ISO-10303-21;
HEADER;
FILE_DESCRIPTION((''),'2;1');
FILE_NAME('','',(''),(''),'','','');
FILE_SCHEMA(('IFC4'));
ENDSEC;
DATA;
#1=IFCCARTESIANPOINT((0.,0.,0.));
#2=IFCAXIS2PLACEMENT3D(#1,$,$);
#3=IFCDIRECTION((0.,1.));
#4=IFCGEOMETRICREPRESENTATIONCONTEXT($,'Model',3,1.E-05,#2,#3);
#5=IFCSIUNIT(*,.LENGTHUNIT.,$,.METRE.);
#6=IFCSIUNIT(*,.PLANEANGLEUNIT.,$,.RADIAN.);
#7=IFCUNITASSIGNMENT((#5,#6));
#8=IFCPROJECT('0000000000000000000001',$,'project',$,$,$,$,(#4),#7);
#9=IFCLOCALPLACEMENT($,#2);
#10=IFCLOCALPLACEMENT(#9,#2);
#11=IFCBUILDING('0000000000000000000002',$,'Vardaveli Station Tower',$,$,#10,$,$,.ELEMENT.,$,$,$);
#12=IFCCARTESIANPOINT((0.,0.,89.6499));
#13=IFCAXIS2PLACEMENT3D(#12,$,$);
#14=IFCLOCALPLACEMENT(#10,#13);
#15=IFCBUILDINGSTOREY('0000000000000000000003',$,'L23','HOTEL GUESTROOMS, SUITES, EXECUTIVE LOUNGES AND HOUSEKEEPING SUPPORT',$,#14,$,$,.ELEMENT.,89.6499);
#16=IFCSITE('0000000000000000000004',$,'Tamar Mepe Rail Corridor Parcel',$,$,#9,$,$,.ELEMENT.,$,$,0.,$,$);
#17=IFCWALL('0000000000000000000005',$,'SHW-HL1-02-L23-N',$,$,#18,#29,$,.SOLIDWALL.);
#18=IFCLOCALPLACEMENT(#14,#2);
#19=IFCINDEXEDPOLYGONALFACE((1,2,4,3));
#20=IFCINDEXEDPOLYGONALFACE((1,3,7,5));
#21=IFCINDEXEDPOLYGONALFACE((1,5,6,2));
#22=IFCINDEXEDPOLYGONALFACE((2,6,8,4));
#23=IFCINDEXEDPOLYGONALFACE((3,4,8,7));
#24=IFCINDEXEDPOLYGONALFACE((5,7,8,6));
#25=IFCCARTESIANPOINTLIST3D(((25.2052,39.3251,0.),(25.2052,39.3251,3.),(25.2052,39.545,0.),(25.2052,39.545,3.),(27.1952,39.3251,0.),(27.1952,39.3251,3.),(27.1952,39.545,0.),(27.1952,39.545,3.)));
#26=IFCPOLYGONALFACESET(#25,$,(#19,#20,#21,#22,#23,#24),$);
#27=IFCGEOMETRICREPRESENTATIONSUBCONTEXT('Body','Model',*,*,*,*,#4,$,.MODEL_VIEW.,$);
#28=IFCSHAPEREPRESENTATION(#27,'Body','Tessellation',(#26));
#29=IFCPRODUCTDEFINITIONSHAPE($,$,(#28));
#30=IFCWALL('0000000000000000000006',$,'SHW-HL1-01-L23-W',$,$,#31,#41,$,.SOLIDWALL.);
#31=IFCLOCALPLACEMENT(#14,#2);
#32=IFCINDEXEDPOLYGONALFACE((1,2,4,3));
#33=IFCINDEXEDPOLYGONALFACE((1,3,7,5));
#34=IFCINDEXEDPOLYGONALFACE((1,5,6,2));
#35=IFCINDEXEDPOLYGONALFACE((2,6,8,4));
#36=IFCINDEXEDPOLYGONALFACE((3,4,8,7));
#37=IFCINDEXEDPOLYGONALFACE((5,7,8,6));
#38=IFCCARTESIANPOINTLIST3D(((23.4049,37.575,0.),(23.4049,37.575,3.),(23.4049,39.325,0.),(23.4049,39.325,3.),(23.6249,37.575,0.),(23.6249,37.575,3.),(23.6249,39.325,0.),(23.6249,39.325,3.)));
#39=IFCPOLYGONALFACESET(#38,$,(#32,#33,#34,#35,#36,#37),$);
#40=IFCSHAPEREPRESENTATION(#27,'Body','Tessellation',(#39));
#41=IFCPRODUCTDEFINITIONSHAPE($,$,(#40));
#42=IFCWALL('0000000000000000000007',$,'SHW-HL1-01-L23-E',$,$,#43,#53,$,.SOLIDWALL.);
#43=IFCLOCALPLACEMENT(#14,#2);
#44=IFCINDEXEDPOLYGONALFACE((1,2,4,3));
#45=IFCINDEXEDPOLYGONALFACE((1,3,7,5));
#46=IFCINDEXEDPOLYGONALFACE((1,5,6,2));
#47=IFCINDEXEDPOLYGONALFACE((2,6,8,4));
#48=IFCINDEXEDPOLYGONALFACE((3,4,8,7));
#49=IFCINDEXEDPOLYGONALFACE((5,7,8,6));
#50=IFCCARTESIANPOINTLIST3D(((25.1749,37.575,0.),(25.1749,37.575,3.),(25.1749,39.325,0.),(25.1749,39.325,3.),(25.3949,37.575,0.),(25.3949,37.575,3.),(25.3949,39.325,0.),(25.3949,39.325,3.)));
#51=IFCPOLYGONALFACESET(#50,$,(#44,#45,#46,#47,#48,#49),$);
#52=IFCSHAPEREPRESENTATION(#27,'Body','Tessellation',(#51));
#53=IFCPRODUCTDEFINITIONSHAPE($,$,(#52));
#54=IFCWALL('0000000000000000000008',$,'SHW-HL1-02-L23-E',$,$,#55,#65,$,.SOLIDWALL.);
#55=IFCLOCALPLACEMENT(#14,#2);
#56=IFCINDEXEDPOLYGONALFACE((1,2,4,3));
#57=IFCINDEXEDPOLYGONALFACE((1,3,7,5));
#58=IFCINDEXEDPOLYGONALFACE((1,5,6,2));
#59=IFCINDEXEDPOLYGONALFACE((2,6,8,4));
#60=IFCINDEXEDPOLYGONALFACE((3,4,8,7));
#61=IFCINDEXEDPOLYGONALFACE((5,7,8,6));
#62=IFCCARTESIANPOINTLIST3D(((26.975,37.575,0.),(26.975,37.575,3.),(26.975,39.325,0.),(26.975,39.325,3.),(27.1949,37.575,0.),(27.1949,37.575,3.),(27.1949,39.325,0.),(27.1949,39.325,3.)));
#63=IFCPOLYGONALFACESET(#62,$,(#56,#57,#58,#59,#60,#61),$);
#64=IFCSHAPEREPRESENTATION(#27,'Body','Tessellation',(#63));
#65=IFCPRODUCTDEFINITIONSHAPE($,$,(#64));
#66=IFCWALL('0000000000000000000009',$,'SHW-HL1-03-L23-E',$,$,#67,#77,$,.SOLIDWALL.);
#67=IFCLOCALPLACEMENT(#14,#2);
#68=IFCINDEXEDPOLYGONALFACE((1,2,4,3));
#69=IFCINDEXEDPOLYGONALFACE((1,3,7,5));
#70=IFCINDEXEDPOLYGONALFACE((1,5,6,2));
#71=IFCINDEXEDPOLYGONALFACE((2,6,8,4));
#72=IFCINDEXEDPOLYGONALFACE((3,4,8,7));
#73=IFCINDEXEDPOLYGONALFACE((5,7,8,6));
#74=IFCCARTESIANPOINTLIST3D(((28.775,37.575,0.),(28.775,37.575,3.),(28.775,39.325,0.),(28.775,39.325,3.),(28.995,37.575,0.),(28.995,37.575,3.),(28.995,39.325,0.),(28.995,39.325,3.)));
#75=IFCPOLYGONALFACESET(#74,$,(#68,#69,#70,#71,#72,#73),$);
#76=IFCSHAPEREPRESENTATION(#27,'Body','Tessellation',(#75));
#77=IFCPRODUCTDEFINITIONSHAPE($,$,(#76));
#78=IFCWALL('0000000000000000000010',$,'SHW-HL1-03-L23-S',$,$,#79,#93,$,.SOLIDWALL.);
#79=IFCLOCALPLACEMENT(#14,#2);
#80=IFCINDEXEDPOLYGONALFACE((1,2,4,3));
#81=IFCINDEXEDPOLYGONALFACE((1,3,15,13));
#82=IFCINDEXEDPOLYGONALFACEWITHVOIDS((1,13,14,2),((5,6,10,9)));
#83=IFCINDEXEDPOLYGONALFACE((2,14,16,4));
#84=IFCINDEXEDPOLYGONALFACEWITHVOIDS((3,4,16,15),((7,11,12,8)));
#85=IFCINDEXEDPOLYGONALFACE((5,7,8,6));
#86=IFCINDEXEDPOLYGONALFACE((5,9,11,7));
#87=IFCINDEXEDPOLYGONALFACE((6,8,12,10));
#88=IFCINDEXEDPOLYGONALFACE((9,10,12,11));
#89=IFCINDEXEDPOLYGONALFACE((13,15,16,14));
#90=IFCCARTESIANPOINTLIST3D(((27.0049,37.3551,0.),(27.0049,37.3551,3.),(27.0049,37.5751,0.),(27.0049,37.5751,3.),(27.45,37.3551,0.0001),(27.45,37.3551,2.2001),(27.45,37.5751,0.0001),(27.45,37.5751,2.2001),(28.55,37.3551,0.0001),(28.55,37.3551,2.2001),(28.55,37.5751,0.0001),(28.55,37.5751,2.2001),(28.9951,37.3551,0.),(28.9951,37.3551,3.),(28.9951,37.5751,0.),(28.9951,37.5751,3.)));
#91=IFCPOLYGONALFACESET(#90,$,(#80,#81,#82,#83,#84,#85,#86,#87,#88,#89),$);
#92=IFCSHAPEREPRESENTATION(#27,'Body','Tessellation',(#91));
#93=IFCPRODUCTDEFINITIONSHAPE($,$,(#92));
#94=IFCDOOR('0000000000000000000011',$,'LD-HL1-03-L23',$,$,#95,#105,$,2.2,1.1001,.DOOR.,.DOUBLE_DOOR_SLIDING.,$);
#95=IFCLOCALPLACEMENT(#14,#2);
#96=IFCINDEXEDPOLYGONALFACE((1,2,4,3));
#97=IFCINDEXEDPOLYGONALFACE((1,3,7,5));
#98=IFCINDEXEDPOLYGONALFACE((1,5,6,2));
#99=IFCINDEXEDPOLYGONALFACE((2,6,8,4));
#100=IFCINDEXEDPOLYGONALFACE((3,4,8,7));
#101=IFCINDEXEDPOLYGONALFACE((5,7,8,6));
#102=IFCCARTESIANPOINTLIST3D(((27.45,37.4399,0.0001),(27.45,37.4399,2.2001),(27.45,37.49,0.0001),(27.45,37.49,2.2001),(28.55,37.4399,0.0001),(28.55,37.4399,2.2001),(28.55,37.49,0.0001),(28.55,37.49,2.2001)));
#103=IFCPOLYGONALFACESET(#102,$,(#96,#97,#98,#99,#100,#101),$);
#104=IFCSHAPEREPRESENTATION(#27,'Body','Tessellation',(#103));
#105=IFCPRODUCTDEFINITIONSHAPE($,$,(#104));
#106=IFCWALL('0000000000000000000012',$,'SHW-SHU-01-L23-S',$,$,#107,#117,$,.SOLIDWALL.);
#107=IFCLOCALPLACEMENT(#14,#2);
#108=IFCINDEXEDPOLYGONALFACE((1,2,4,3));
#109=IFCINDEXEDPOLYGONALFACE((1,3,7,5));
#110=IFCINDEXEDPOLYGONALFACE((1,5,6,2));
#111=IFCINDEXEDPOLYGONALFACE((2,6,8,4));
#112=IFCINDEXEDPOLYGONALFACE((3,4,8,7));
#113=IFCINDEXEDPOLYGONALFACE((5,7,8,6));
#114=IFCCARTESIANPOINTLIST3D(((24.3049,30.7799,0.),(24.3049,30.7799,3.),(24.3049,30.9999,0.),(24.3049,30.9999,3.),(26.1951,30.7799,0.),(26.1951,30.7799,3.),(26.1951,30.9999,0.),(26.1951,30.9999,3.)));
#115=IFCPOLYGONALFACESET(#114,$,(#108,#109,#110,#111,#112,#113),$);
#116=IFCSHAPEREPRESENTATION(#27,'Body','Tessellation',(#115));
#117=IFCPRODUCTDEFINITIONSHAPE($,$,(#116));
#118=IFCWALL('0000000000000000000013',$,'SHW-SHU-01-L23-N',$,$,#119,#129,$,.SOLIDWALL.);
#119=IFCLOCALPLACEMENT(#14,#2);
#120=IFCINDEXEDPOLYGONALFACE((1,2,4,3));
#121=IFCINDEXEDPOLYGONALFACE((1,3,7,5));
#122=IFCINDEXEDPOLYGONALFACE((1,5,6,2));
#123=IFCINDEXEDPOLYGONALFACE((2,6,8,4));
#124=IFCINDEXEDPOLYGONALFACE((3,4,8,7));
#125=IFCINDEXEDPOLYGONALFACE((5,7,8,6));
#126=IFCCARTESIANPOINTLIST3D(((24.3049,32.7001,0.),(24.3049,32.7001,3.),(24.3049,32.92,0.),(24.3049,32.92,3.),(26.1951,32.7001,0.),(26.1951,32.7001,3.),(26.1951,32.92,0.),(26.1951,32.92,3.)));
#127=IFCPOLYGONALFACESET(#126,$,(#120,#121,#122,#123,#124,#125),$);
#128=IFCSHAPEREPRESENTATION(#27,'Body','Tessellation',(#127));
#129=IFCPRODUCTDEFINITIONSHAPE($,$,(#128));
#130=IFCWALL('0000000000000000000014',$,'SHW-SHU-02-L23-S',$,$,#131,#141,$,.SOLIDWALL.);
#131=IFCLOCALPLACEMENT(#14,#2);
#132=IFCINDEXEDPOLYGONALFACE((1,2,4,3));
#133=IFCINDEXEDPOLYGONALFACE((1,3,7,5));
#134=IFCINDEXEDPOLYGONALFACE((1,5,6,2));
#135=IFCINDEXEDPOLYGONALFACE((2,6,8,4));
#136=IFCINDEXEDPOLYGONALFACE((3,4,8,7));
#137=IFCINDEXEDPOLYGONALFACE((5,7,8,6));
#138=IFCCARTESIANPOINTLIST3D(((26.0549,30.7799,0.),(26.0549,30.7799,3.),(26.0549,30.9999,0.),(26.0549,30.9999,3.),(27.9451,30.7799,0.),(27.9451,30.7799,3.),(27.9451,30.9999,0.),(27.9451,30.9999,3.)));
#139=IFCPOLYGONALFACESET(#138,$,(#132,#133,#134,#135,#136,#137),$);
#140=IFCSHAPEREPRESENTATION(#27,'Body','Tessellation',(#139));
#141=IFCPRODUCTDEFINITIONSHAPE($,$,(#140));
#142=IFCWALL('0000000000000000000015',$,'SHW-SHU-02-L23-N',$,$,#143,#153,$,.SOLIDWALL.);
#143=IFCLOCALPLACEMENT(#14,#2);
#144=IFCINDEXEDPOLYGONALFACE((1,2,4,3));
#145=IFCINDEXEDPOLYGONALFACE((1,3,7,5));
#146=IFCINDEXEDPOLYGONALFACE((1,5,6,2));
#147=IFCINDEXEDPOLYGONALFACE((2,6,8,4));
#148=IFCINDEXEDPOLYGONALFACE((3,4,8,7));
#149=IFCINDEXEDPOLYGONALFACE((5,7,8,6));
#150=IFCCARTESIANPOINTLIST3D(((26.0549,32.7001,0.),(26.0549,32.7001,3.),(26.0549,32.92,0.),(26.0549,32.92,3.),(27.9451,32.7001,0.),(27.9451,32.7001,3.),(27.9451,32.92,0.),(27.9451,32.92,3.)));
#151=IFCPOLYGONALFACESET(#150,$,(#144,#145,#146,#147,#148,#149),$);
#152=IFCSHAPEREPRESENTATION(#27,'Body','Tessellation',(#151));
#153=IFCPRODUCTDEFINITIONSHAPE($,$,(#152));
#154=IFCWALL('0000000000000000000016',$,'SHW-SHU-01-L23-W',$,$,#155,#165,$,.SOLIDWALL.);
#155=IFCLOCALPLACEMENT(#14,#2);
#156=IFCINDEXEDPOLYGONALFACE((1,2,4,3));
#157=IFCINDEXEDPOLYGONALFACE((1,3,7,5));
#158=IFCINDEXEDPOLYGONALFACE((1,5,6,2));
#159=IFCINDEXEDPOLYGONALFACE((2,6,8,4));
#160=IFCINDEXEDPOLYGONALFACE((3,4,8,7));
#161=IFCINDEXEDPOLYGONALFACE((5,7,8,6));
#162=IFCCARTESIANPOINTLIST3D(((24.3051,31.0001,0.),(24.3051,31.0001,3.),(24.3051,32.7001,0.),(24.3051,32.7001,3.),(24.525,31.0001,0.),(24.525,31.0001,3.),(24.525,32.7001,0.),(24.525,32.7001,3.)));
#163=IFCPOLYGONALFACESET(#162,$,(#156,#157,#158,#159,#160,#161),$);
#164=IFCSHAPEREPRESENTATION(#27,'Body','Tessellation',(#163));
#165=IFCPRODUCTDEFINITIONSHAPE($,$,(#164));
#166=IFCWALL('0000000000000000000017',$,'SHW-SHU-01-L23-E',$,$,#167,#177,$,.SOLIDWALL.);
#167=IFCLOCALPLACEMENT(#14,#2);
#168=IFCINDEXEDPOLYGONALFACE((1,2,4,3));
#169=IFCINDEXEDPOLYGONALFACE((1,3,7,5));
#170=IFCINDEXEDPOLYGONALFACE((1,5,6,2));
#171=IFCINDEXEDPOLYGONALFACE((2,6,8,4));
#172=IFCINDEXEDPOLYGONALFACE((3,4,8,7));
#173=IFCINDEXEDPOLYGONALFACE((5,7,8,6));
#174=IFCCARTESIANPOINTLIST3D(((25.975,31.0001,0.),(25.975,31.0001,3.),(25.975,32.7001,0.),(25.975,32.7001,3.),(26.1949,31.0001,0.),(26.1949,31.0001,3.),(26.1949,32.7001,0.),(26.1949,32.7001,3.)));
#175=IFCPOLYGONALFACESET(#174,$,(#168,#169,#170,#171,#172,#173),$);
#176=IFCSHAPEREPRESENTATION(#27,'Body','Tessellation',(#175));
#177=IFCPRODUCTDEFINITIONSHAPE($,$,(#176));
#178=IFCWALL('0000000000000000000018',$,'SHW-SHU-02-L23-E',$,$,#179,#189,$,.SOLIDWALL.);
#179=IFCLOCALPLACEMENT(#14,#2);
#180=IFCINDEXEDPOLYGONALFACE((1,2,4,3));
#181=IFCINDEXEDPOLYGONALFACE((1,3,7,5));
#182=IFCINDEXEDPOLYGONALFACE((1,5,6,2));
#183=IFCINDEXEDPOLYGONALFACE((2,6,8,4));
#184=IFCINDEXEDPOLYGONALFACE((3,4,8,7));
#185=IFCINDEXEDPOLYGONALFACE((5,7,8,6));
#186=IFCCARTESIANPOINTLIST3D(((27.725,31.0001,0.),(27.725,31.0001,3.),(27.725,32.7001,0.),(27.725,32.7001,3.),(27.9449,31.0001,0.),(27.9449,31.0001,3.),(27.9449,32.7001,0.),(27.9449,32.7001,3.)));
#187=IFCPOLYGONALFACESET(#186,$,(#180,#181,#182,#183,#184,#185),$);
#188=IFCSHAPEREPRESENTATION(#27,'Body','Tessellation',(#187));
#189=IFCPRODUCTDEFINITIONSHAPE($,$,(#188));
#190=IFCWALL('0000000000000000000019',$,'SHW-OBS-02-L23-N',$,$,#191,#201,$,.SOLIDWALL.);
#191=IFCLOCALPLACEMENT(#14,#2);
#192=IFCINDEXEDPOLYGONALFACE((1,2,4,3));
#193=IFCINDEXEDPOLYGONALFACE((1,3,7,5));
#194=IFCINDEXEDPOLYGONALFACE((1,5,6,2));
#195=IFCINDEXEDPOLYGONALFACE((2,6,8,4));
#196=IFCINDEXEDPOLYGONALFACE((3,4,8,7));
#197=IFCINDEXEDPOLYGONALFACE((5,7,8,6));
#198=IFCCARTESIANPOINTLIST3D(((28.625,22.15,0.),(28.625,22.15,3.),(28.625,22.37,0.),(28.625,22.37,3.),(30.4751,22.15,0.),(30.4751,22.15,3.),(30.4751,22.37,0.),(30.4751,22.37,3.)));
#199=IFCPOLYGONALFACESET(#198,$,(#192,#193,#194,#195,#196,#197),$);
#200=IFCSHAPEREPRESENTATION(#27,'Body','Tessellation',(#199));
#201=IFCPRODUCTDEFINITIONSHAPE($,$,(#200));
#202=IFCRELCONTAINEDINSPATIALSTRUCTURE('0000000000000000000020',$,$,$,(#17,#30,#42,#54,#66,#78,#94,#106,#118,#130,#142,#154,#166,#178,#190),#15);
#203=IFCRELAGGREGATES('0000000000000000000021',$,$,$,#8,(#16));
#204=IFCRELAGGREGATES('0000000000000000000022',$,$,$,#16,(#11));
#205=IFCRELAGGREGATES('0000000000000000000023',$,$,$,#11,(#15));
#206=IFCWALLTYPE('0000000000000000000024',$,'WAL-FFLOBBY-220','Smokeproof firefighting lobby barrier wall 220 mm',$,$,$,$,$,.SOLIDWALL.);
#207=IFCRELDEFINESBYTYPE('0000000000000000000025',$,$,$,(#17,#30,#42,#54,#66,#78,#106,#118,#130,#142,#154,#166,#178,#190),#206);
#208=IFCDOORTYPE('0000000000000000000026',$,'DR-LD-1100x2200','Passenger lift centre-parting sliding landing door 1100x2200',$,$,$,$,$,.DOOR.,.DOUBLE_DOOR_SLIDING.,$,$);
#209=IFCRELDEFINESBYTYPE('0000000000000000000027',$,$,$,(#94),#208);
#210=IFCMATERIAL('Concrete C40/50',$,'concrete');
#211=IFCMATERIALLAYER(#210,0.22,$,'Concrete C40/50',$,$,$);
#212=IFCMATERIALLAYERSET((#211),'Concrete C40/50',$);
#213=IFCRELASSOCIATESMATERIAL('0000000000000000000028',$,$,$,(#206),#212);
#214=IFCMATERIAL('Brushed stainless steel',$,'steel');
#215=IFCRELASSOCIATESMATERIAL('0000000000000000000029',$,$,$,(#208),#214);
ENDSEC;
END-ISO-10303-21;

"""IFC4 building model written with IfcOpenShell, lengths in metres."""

from ifc_helpers import new_model, si_unit, direction, frame, frame_2d, origin, place, context, subcontext, project, spatial, rectangle, extrude, source, transform, mapped, material, layer, layer_set, type_object, element, fill, save


model = new_model("IFC4")

# Units and contexts
model_context = context("Model", 3, precision=1e-05, world=origin(), true_north=direction((0.0, 1.0)))
body_context = subcontext(model_context, "Body", "Model", "MODEL_VIEW")
ifc_project = project(units=[si_unit("LENGTHUNIT", "METRE"), si_unit("PLANEANGLEUNIT", "RADIAN")], contexts=[model_context])

# Site, building, storey
site_placement = place(None, origin())
site = spatial("IfcSite", under=ifc_project, at=site_placement, Name="Tamar Mepe Rail Corridor Parcel", CompositionType="ELEMENT", RefElevation=0.0)
building_placement = place(site_placement, origin())
building = spatial("IfcBuilding", under=site, at=building_placement, Name="Vardaveli Station Tower", CompositionType="ELEMENT")
storey_placement = place(building_placement, frame((0.0, 0.0, 89.6499)))
storey = spatial("IfcBuildingStorey", under=building, at=storey_placement, Name="L23", Description="HOTEL GUESTROOMS, SUITES, EXECUTIVE LOUNGES AND HOUSEKEEPING SUPPORT", CompositionType="ELEMENT", Elevation=89.6499)

# Shared definitions
ifc_material_1 = material(Name="Concrete C40/50", Category="concrete")
ifc_layer_1 = layer(ifc_material_1, 0.22, Name="Concrete C40/50")
ifc_layer_set_1 = layer_set([ifc_layer_1], Name="Concrete C40/50")
wall_type_1 = type_object("IfcWallType", Name="WAL-FFLOBBY-220", Description="Smokeproof firefighting lobby barrier wall 220 mm", PredefinedType="SOLIDWALL", material=ifc_layer_set_1)
shared_shape_1 = source(origin(), body_context, "Body", "SweptSolid", [
    extrude(rectangle(XDim=1.99, YDim=0.22, at=frame_2d((0.9951, 0.0))), origin(), (0.0, 0.0, 1.0), 3.0),
])
shared_shape_2 = source(origin(), body_context, "Body", "SweptSolid", [
    extrude(rectangle(XDim=1.1001, YDim=2.2, at=frame_2d((0.55, 1.1001))), frame((0.0, 0.1201, 0.0), z_axis=(0.0, -1.0, 0.0), x_axis=(1.0, 0.0, 0.0)), (0.0, 0.0, 1.0), 0.24),
])
ifc_material_2 = material(Name="Brushed stainless steel", Category="steel")
door_type = type_object("IfcDoorType", Name="DR-LD-1100x2200", Description="Passenger lift centre-parting sliding landing door 1100x2200", OperationType="DOUBLE_DOOR_SLIDING", PredefinedType="DOOR", material=ifc_material_2)
shared_shape_3 = source(origin(), body_context, "Body", "SweptSolid", [
    extrude(rectangle(XDim=1.1001, YDim=2.2, at=frame_2d((0.55, 1.1001))), frame((0.0, 0.0249, 0.0), z_axis=(0.0, -1.0, 0.0), x_axis=(1.0, 0.0, 0.0)), (0.0, 0.0, 1.0), 0.05),
])

# Walls
wall_1_placement = place(storey_placement, frame((25.2051, 39.4351, 0.0), z_axis=(0.0, 0.0, 1.0), x_axis=(1.0, 0.0, 0.0)))
element("IfcWall", 1, at=wall_1_placement, inside=storey, type_object=wall_type_1, Name="SHW-HL1-02-L23-N", PredefinedType="SOLIDWALL", context=body_context, shape_type="MappedRepresentation", body=[
    mapped(shared_shape_1, transform((0.0, 0.0, 0.0), scale=1.0)),
])
shared_shape_4 = source(origin(), body_context, "Body", "SweptSolid", [
    extrude(rectangle(XDim=1.75, YDim=0.22, at=frame_2d((0.875, 0.0))), origin(), (0.0, 0.0, 1.0), 3.0),
])
for number, where, z_axis, x_axis, name in (
    (2, (23.5149, 37.575, 0.0), (0.0, 0.0, 1.0), (0.0, 1.0, 0.0), "SHW-HL1-01-L23-W"),
    (3, (25.2849, 37.575, 0.0), (0.0, 0.0, 1.0), (0.0, 1.0, 0.0), "SHW-HL1-01-L23-E"),
    (4, (27.085, 37.575, 0.0), (0.0, 0.0, 1.0), (0.0, 1.0, 0.0), "SHW-HL1-02-L23-E"),
    (5, (28.885, 37.575, 0.0), (0.0, 0.0, 1.0), (0.0, 1.0, 0.0), "SHW-HL1-03-L23-E"),
):
    element("IfcWall", number, at=place(storey_placement, frame(where, z_axis=z_axis, x_axis=x_axis)), inside=storey, type_object=wall_type_1, Name=name, PredefinedType="SOLIDWALL", context=body_context, shape_type="MappedRepresentation", body=[
        mapped(shared_shape_4, transform((0.0, 0.0, 0.0), scale=1.0)),
    ])

# Wall, opening, door
shared_shape_5 = source(origin(), body_context, "Body", "SweptSolid", [
    extrude(rectangle(XDim=1.9902, YDim=0.22, at=frame_2d((0.9951, 0.0))), origin(), (0.0, 0.0, 1.0), 3.0),
])
wall_2_placement = place(storey_placement, frame((27.0049, 37.4651, 0.0), z_axis=(0.0, 0.0, 1.0), x_axis=(1.0, 0.0, 0.0)))
wall_2 = element("IfcWall", 6, at=wall_2_placement, inside=storey, type_object=wall_type_1, Name="SHW-HL1-03-L23-S", PredefinedType="SOLIDWALL", context=body_context, shape_type="MappedRepresentation", body=[
    mapped(shared_shape_5, transform((0.0, 0.0, 0.0), scale=1.0)),
])
opening_1_placement = place(wall_2_placement, frame((0.4451, 0.0, 0.0)))
opening_1 = element("IfcOpeningElement", 7, at=opening_1_placement, cuts=wall_2, PredefinedType="OPENING", context=body_context, shape_type="MappedRepresentation", body=[
    mapped(shared_shape_2, transform((0.0, 0.0, 0.0), scale=1.0)),
])
door_1_placement = place(opening_1_placement, origin())
door_1 = element("IfcDoor", 8, at=door_1_placement, inside=storey, type_object=door_type, Name="LD-HL1-03-L23", OperationType="DOUBLE_DOOR_SLIDING", OverallHeight=2.2, OverallWidth=1.1001, PredefinedType="DOOR", context=body_context, shape_type="MappedRepresentation", body=[
    mapped(shared_shape_3, transform((0.0, 0.0, 0.0), scale=1.0)),
])
fill(opening_1, door_1)

# Walls
shared_shape_6 = source(origin(), body_context, "Body", "SweptSolid", [
    extrude(rectangle(XDim=1.8901, YDim=0.22, at=frame_2d((0.9451, 0.0))), origin(), (0.0, 0.0, 1.0), 3.0),
])
for number, where, z_axis, x_axis, name in (
    (9, (24.3049, 30.8899, 0.0), (0.0, 0.0, 1.0), (1.0, 0.0, 0.0), "SHW-SHU-01-L23-S"),
    (10, (24.3049, 32.8101, 0.0), (0.0, 0.0, 1.0), (1.0, 0.0, 0.0), "SHW-SHU-01-L23-N"),
    (11, (26.0549, 30.8899, 0.0), (0.0, 0.0, 1.0), (1.0, 0.0, 0.0), "SHW-SHU-02-L23-S"),
    (12, (26.0549, 32.8101, 0.0), (0.0, 0.0, 1.0), (1.0, 0.0, 0.0), "SHW-SHU-02-L23-N"),
):
    element("IfcWall", number, at=place(storey_placement, frame(where, z_axis=z_axis, x_axis=x_axis)), inside=storey, type_object=wall_type_1, Name=name, PredefinedType="SOLIDWALL", context=body_context, shape_type="MappedRepresentation", body=[
        mapped(shared_shape_6, transform((0.0, 0.0, 0.0), scale=1.0)),
    ])
shared_shape_7 = source(origin(), body_context, "Body", "SweptSolid", [
    extrude(rectangle(XDim=1.7, YDim=0.22, at=frame_2d((0.8501, 0.0))), origin(), (0.0, 0.0, 1.0), 3.0),
])
for number, where, z_axis, x_axis, name in (
    (13, (24.415, 31.0, 0.0), (0.0, 0.0, 1.0), (0.0, 1.0, 0.0), "SHW-SHU-01-L23-W"),
    (14, (26.085, 31.0, 0.0), (0.0, 0.0, 1.0), (0.0, 1.0, 0.0), "SHW-SHU-01-L23-E"),
    (15, (27.835, 31.0, 0.0), (0.0, 0.0, 1.0), (0.0, 1.0, 0.0), "SHW-SHU-02-L23-E"),
):
    element("IfcWall", number, at=place(storey_placement, frame(where, z_axis=z_axis, x_axis=x_axis)), inside=storey, type_object=wall_type_1, Name=name, PredefinedType="SOLIDWALL", context=body_context, shape_type="MappedRepresentation", body=[
        mapped(shared_shape_7, transform((0.0, 0.0, 0.0), scale=1.0)),
    ])
shared_shape_8 = source(origin(), body_context, "Body", "SweptSolid", [
    extrude(rectangle(XDim=1.8501, YDim=0.22, at=frame_2d((0.925, 0.0))), origin(), (0.0, 0.0, 1.0), 3.0),
])
wall_3_placement = place(storey_placement, frame((28.625, 22.26, 0.0), z_axis=(0.0, 0.0, 1.0), x_axis=(1.0, 0.0, 0.0)))
element("IfcWall", 16, at=wall_3_placement, inside=storey, type_object=wall_type_1, Name="SHW-OBS-02-L23-N", PredefinedType="SOLIDWALL", context=body_context, shape_type="MappedRepresentation", body=[
    mapped(shared_shape_8, transform((0.0, 0.0, 0.0), scale=1.0)),
])

save(model, "model.ifc")
